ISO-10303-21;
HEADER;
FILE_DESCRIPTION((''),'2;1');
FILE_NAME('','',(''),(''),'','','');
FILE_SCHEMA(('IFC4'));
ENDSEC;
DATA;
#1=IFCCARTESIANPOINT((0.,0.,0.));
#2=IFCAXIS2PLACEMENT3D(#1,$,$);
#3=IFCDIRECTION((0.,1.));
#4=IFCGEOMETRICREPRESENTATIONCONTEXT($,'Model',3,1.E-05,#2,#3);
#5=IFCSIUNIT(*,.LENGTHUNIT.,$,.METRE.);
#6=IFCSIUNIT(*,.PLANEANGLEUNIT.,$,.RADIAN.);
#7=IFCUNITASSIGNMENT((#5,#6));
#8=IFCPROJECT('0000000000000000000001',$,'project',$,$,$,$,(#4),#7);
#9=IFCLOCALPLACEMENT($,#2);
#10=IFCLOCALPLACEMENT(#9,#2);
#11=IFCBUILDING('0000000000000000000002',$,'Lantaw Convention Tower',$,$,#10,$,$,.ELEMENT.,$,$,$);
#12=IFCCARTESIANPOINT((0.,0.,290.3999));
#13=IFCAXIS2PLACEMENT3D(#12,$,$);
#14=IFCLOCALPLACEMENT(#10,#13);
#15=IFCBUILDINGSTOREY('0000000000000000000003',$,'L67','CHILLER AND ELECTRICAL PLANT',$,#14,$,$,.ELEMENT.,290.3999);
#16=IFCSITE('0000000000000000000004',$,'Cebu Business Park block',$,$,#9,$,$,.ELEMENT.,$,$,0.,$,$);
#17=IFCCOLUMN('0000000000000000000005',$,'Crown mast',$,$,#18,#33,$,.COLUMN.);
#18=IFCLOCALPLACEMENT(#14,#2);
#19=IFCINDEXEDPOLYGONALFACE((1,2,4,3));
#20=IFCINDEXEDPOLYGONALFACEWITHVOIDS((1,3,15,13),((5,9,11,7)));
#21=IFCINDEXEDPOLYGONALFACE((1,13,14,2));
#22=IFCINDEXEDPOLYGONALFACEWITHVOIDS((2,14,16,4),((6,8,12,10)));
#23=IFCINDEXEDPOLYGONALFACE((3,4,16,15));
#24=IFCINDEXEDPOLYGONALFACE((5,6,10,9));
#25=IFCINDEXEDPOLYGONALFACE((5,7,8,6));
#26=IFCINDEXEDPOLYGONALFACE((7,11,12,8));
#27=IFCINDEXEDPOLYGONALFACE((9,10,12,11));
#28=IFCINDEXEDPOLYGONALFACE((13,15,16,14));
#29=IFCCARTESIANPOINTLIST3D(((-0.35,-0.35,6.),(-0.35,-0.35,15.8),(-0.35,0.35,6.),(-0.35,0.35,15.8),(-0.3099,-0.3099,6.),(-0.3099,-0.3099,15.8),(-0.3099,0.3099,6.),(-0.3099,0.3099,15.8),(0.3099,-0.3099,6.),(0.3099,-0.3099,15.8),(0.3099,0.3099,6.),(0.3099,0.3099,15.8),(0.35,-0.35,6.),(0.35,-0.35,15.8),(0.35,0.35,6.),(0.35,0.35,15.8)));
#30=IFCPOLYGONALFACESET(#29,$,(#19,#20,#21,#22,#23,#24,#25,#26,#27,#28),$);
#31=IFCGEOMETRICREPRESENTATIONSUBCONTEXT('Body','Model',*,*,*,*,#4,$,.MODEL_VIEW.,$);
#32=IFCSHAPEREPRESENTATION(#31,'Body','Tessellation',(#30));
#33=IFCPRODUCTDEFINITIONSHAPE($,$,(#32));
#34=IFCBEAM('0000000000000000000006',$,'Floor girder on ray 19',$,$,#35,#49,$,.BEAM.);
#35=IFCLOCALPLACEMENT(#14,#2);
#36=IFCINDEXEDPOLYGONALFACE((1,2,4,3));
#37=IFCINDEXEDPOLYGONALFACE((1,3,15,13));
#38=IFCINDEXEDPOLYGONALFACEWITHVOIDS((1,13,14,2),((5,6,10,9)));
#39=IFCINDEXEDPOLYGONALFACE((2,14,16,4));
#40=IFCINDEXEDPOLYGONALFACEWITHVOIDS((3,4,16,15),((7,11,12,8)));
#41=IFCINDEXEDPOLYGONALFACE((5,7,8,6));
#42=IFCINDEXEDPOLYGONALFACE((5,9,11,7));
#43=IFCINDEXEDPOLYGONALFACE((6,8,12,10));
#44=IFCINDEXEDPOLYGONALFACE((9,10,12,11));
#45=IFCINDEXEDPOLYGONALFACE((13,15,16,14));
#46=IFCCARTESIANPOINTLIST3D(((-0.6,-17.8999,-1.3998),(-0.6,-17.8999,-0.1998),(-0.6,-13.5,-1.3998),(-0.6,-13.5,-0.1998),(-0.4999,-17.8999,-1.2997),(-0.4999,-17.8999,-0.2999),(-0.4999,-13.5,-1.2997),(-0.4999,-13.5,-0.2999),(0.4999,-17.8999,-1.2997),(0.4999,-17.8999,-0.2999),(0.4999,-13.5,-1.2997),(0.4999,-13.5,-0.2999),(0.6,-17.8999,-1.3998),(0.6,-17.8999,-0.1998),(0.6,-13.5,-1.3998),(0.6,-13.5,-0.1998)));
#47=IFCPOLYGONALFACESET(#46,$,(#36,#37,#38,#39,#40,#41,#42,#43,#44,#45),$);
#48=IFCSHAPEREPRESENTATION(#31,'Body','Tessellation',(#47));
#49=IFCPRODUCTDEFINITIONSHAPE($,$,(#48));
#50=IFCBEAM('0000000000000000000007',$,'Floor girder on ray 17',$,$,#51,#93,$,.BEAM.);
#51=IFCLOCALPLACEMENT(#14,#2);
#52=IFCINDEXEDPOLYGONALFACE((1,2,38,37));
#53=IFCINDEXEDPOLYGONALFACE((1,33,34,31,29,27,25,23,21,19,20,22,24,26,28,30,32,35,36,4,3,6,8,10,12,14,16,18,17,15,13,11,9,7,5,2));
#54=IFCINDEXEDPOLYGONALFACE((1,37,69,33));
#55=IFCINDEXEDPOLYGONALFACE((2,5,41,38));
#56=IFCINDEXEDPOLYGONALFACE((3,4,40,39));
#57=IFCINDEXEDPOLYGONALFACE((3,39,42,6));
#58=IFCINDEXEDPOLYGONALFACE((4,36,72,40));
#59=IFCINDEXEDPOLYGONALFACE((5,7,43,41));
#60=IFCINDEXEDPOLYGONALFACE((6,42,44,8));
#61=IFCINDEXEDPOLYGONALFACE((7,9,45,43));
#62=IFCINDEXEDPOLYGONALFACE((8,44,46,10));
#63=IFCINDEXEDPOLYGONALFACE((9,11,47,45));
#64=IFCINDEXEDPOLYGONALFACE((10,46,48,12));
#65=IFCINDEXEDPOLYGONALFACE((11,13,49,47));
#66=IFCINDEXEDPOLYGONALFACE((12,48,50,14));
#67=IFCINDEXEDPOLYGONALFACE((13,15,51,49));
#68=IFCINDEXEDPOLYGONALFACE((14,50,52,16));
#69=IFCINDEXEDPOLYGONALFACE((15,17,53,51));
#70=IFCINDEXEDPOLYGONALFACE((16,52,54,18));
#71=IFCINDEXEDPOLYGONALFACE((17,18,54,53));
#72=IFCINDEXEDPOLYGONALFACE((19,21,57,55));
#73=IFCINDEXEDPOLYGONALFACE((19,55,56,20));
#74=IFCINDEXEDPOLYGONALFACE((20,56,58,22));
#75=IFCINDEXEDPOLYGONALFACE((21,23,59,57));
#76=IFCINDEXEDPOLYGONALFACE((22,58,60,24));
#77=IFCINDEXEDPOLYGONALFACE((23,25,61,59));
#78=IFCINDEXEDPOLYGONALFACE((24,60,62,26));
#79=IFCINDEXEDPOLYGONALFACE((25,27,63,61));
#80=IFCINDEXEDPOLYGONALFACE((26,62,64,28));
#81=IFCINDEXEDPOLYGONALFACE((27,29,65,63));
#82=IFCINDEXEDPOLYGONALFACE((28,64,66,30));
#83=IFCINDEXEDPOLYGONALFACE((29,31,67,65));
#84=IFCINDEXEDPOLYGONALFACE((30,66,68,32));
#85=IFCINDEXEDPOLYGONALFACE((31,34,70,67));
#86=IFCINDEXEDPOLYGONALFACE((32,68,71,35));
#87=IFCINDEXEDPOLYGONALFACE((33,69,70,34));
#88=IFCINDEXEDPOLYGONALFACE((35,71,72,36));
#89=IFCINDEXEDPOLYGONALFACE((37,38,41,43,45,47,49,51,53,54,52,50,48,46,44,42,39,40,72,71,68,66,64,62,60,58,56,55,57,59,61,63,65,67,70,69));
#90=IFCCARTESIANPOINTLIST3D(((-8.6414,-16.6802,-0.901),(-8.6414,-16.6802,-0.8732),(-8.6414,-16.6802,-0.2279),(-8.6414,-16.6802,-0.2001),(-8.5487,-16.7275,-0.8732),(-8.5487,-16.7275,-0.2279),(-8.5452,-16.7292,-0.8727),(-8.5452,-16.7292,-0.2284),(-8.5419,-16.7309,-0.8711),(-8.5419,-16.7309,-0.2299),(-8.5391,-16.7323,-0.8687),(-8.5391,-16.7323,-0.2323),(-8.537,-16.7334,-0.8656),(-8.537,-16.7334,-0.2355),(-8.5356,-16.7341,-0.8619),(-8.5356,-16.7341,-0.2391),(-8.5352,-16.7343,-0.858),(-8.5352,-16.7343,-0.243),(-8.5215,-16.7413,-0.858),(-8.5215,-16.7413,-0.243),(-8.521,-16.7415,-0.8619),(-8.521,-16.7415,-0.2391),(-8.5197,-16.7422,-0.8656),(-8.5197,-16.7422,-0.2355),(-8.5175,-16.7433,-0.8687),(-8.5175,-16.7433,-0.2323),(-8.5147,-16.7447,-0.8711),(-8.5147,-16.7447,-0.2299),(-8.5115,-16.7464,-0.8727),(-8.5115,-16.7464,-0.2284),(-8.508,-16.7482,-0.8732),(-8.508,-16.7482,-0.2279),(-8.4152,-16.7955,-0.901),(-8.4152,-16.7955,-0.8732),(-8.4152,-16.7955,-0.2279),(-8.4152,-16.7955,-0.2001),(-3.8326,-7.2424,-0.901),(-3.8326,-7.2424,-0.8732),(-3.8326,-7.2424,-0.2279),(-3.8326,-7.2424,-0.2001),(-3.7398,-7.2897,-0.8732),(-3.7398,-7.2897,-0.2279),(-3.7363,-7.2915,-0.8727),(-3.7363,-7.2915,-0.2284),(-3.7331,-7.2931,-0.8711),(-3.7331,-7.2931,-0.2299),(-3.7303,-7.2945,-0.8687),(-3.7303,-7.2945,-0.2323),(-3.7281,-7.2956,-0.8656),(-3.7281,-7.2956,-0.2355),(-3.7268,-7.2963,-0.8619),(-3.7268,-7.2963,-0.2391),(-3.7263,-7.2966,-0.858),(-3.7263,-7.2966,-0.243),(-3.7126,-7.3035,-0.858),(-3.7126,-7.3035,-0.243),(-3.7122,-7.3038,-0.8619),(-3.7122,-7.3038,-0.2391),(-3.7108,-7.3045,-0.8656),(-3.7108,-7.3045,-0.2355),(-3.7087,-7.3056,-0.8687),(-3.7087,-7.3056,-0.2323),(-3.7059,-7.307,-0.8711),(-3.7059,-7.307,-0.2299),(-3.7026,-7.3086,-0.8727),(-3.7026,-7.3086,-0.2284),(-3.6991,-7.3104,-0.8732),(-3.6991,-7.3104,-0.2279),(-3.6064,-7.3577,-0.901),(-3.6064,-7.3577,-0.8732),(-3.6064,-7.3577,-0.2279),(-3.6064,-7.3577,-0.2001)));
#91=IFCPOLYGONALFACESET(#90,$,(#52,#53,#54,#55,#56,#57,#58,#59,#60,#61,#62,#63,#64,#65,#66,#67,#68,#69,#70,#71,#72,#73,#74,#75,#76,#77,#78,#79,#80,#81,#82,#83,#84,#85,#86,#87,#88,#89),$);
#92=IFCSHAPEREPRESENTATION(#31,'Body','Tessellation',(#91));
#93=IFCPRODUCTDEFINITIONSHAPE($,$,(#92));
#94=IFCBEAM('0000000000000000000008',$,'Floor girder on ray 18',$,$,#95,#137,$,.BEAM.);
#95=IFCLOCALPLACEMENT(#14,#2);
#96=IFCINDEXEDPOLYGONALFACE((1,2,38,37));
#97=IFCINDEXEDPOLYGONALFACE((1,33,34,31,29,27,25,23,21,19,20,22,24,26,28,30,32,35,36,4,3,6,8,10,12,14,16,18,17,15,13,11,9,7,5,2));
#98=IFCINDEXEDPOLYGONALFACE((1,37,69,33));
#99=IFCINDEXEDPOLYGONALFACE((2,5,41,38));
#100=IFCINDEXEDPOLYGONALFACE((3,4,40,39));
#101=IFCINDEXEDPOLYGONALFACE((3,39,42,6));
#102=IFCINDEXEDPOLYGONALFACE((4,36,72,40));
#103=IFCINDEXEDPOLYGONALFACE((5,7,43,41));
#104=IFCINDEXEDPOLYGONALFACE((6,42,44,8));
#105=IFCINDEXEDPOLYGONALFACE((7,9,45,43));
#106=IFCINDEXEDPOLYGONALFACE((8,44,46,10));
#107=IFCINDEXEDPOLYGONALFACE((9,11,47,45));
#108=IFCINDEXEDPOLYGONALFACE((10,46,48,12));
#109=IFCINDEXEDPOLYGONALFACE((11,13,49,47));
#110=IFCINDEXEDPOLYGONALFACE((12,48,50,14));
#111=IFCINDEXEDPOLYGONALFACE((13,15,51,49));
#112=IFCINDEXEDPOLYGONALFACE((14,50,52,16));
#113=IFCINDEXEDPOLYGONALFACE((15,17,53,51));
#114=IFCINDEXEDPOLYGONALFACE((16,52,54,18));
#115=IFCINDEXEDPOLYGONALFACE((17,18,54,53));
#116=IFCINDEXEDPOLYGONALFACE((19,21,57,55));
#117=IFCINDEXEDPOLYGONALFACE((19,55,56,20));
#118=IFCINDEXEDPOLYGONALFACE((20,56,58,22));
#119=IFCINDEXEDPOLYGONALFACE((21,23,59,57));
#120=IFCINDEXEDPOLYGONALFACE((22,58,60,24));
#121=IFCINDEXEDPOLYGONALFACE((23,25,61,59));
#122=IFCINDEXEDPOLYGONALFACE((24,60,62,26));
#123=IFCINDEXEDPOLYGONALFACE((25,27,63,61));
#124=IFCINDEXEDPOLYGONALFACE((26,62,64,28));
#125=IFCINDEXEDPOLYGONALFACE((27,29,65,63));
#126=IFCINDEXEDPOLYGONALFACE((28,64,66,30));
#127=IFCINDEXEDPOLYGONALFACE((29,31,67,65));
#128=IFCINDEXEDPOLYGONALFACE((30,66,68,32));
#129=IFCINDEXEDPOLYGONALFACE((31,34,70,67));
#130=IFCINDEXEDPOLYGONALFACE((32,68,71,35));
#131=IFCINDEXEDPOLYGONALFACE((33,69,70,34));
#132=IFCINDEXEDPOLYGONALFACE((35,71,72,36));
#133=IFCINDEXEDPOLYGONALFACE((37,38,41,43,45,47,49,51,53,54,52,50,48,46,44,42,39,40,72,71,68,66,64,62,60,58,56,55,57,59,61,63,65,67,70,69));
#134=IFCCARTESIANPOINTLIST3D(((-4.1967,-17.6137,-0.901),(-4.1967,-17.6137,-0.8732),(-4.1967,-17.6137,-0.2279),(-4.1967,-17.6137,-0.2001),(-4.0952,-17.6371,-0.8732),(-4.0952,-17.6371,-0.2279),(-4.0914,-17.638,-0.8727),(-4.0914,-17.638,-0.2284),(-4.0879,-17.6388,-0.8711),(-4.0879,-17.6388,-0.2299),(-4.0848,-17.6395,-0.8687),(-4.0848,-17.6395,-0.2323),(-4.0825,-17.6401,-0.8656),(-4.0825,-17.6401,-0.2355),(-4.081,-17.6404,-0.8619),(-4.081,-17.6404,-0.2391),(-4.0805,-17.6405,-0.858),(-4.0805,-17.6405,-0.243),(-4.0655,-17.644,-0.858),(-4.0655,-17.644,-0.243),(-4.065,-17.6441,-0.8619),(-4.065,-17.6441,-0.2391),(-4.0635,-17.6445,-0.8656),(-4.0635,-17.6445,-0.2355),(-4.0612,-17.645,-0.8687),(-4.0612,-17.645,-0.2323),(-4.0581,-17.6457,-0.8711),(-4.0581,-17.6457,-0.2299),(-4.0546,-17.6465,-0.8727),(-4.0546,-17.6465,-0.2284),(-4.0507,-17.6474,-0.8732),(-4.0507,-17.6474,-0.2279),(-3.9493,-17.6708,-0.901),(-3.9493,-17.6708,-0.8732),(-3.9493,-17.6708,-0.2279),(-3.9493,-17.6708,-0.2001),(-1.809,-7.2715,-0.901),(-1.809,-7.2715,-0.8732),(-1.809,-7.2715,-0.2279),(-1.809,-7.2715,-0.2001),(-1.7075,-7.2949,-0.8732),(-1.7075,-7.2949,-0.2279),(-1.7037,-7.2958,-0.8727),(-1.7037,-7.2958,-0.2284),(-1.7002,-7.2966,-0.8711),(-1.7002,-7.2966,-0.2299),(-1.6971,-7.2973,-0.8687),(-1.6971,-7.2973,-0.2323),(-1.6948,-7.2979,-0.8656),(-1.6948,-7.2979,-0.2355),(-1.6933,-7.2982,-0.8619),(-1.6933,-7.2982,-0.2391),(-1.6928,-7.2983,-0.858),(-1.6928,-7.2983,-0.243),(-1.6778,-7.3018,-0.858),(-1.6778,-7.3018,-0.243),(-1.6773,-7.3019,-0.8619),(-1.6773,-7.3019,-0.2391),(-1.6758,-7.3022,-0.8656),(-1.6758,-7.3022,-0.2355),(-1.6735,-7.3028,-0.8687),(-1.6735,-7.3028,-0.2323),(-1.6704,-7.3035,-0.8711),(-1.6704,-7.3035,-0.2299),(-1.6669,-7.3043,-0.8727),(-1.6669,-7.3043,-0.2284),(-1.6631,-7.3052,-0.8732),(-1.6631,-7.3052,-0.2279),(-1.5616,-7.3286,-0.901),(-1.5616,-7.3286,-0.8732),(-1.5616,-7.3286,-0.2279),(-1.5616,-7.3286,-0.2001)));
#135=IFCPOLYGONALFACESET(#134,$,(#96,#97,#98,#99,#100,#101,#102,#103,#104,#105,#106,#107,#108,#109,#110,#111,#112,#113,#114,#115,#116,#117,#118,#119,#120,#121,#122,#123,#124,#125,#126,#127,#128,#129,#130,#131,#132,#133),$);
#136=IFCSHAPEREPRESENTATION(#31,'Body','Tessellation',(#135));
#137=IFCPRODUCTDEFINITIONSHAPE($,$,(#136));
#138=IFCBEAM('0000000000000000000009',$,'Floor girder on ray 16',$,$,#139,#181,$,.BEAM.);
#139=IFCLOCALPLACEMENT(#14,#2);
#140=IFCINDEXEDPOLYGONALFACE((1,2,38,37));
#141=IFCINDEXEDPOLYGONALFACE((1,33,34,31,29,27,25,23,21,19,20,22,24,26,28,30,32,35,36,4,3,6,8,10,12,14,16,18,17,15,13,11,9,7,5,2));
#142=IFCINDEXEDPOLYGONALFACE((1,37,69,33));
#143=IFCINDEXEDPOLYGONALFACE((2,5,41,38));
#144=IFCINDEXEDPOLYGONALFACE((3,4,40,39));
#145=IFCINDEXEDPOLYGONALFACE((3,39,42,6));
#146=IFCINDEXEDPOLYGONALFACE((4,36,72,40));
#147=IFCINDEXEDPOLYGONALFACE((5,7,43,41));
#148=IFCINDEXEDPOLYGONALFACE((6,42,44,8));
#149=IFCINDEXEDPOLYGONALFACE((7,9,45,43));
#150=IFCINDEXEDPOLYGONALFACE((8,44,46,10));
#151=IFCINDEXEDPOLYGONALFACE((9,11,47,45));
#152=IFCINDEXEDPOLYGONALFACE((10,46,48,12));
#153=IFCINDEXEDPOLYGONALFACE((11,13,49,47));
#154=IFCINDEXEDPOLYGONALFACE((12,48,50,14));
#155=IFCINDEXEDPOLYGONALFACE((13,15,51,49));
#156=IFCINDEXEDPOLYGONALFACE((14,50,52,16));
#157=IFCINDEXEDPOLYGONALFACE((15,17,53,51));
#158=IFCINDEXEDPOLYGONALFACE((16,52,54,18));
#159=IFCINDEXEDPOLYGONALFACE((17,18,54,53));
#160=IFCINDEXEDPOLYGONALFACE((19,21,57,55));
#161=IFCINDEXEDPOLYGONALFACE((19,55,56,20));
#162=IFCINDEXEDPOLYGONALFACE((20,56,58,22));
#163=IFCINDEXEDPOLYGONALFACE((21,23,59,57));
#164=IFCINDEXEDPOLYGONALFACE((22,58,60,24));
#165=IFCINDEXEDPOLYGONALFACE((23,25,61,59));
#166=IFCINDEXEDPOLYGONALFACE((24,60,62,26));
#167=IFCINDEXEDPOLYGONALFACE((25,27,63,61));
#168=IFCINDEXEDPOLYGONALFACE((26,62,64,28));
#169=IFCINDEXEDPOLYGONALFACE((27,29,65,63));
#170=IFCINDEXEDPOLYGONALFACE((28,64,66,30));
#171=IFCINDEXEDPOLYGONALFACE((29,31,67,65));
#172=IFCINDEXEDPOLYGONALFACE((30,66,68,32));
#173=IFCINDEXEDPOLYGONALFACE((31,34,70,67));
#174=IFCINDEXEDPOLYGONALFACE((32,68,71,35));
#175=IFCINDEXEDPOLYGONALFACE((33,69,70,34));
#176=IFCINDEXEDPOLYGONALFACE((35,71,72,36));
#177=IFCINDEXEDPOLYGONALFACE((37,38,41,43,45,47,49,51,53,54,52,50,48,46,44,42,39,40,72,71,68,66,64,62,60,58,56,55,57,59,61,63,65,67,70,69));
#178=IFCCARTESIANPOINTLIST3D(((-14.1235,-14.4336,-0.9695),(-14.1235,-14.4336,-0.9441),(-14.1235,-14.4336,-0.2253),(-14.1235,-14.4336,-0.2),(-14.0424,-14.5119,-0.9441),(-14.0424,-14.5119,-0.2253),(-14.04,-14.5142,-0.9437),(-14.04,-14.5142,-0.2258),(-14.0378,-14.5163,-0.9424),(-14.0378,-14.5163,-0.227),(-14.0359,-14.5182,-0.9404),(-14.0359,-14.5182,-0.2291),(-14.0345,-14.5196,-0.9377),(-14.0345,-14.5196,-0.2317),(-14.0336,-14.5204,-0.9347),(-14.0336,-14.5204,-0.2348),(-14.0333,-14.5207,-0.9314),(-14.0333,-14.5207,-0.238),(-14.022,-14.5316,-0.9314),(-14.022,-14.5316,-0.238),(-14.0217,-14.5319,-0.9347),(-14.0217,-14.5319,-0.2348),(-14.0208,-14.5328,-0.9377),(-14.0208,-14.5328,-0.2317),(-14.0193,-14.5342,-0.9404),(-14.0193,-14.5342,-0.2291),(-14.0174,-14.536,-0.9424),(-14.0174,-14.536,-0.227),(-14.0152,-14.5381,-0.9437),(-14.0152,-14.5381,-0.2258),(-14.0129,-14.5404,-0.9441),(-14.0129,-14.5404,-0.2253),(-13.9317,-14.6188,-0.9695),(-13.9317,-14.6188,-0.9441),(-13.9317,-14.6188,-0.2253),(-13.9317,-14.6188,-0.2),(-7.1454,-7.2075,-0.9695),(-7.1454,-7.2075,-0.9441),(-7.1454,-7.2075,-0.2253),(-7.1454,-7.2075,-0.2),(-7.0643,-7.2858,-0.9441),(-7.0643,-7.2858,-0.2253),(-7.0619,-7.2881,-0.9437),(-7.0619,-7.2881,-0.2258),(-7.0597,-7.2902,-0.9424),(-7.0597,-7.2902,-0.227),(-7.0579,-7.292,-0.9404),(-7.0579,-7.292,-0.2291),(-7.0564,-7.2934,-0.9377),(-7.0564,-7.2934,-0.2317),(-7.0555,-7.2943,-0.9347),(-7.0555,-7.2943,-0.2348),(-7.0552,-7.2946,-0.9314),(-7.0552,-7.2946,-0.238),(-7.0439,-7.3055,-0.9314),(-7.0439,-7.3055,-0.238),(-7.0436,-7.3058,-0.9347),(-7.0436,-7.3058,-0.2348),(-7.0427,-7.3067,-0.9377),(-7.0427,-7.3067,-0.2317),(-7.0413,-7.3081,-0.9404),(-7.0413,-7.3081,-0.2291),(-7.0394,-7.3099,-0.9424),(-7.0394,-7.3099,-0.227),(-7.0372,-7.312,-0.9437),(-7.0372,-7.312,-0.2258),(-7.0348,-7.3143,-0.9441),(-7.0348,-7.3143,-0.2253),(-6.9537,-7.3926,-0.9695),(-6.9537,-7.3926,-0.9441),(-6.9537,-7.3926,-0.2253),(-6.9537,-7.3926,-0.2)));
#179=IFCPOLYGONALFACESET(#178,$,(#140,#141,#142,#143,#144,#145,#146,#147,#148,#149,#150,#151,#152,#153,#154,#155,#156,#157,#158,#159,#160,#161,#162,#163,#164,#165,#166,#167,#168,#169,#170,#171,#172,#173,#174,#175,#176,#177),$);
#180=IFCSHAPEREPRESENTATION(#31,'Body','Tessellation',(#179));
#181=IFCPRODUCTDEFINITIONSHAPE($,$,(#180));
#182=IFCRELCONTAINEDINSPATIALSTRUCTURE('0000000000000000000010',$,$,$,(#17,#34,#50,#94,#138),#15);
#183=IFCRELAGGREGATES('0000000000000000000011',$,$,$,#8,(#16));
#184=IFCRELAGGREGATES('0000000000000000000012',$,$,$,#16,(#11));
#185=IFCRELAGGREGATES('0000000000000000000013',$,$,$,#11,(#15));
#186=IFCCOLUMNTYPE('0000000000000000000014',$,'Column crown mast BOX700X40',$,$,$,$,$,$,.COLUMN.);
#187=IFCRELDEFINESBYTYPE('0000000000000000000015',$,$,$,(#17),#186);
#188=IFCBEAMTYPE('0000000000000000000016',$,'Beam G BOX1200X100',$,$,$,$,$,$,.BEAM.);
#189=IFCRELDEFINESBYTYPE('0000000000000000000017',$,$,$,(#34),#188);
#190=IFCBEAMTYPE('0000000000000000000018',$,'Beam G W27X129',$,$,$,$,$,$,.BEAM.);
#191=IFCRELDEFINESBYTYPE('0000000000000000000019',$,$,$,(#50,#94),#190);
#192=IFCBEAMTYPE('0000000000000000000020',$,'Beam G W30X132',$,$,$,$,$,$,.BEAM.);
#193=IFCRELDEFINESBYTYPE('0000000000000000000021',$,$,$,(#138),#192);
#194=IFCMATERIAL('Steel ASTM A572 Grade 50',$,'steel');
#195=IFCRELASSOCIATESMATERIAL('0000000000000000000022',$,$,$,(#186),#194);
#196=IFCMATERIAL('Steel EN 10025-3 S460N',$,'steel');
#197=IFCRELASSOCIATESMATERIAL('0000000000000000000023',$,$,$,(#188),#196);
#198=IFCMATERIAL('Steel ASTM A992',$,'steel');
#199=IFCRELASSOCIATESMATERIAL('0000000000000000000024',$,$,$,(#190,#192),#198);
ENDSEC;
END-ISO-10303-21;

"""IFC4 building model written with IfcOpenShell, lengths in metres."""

from ifc_helpers import new_model, si_unit, direction, frame, origin, origin_2d, place, context, subcontext, project, spatial, hollow_rectangle, i_section, extrude, material, material_profile, profile_set, type_object, element, save


model = new_model("IFC4")

# Units and contexts
model_context = context("Model", 3, precision=1e-05, world=origin(), true_north=direction((0.0, 1.0)))
body_context = subcontext(model_context, "Body", "Model", "MODEL_VIEW")
ifc_project = project(units=[si_unit("LENGTHUNIT", "METRE"), si_unit("PLANEANGLEUNIT", "RADIAN")], contexts=[model_context])

# Site, building, storey
site_placement = place(None, origin())
site = spatial("IfcSite", under=ifc_project, at=site_placement, Name="Cebu Business Park block", CompositionType="ELEMENT", RefElevation=0.0)
building_placement = place(site_placement, origin())
building = spatial("IfcBuilding", under=site, at=building_placement, Name="Lantaw Convention Tower", CompositionType="ELEMENT")
storey_placement = place(building_placement, frame((0.0, 0.0, 290.3999)))
storey = spatial("IfcBuildingStorey", under=building, at=storey_placement, Name="L67", Description="CHILLER AND ELECTRICAL PLANT", CompositionType="ELEMENT", Elevation=290.3999)

# Column
ifc_material_1 = material(Name="Steel ASTM A572 Grade 50", Category="steel")
ifc_material_profile_1 = material_profile(ifc_material_1, hollow_rectangle(XDim=0.7, YDim=0.7, WallThickness=0.04, at=origin_2d()), Name="BOX700X40")
ifc_profile_set_1 = profile_set([ifc_material_profile_1], Name="Steel ASTM A572 Grade 50")
column_type = type_object("IfcColumnType", Name="Column crown mast BOX700X40", PredefinedType="COLUMN", material=ifc_profile_set_1)
column_placement = place(storey_placement, frame((0.0, 0.0, 6.0), z_axis=(0.0, 0.0, 1.0), x_axis=(1.0, 0.0, 0.0)))
element("IfcColumn", 1, at=column_placement, inside=storey, type_object=column_type, Name="Crown mast", PredefinedType="COLUMN", context=body_context, shape_type="SweptSolid", body=[
    extrude(hollow_rectangle(XDim=0.7, YDim=0.7, WallThickness=0.04, at=origin_2d()), origin(), (0.0, 0.0, 1.0), 9.8),
])

# Beams
ifc_material_2 = material(Name="Steel EN 10025-3 S460N", Category="steel")
ifc_material_profile_2 = material_profile(ifc_material_2, hollow_rectangle(XDim=1.2, YDim=1.2, WallThickness=0.1001, at=origin_2d()), Name="BOX1200X100")
ifc_profile_set_2 = profile_set([ifc_material_profile_2], Name="Steel EN 10025-3 S460N")
beam_type_1 = type_object("IfcBeamType", Name="Beam G BOX1200X100", PredefinedType="BEAM", material=ifc_profile_set_2)
beam_1_placement = place(storey_placement, frame((0.0, -13.5, -0.7998), z_axis=(0.0, -1.0, 0.0), x_axis=(1.0, 0.0, 0.0)))
element("IfcBeam", 2, at=beam_1_placement, inside=storey, type_object=beam_type_1, Name="Floor girder on ray 19", PredefinedType="BEAM", context=body_context, shape_type="SweptSolid", body=[
    extrude(hollow_rectangle(XDim=1.2, YDim=1.2, WallThickness=0.1001, at=origin_2d()), origin(), (0.0, 0.0, 1.0), 4.3999),
])
ifc_material_3 = material(Name="Steel ASTM A992", Category="steel")
ifc_material_profile_3 = material_profile(ifc_material_3, i_section(OverallWidth=0.2539, OverallDepth=0.7009, WebThickness=0.0154, FlangeThickness=0.0278, FilletRadius=0.0151, at=origin_2d()), Name="W27X129")
ifc_profile_set_3 = profile_set([ifc_material_profile_3], Name="Steel ASTM A992")
beam_type_2 = type_object("IfcBeamType", Name="Beam G W27X129", PredefinedType="BEAM", material=ifc_profile_set_3)
beam_2_placement = place(storey_placement, frame((-3.7195, -7.3, -0.5505), z_axis=(-0.453996, -0.891004, 0.0), x_axis=(0.891004, -0.453996, 0.0)))
element("IfcBeam", 3, at=beam_2_placement, inside=storey, type_object=beam_type_2, Name="Floor girder on ray 17", PredefinedType="BEAM", context=body_context, shape_type="SweptSolid", body=[
    extrude(i_section(OverallWidth=0.2539, OverallDepth=0.7009, WebThickness=0.0154, FlangeThickness=0.0278, FilletRadius=0.0151, at=origin_2d()), origin(), (0.0, 0.0, 1.0), 10.5923),
])
beam_3_placement = place(storey_placement, frame((-1.6853, -7.3, -0.5505), z_axis=(-0.22495, -0.97437, 0.0), x_axis=(0.97437, -0.22495, 0.0)))
element("IfcBeam", 4, at=beam_3_placement, inside=storey, type_object=beam_type_2, Name="Floor girder on ray 18", PredefinedType="BEAM", context=body_context, shape_type="SweptSolid", body=[
    extrude(i_section(OverallWidth=0.2539, OverallDepth=0.7009, WebThickness=0.0154, FlangeThickness=0.0278, FilletRadius=0.0151, at=origin_2d()), origin(), (0.0, 0.0, 1.0), 10.6143),
])
ifc_material_profile_4 = material_profile(ifc_material_3, i_section(OverallWidth=0.2666, OverallDepth=0.7695, WebThickness=0.0156, FlangeThickness=0.0254, FilletRadius=0.0127, at=origin_2d()), Name="W30X132")
ifc_profile_set_4 = profile_set([ifc_material_profile_4], Name="Steel ASTM A992")
beam_type_3 = type_object("IfcBeamType", Name="Beam G W30X132", PredefinedType="BEAM", material=ifc_profile_set_4)
beam_4_placement = place(storey_placement, frame((-7.0496, -7.3, -0.5847), z_axis=(-0.694653, -0.719345, 0.0), x_axis=(0.719345, -0.694653, 0.0)))
element("IfcBeam", 5, at=beam_4_placement, inside=storey, type_object=beam_type_3, Name="Floor girder on ray 16", PredefinedType="BEAM", context=body_context, shape_type="SweptSolid", body=[
    extrude(i_section(OverallWidth=0.2666, OverallDepth=0.7695, WebThickness=0.0156, FlangeThickness=0.0254, FilletRadius=0.0127, at=origin_2d()), origin(), (0.0, 0.0, 1.0), 10.0454),
])

save(model, "model.ifc")
